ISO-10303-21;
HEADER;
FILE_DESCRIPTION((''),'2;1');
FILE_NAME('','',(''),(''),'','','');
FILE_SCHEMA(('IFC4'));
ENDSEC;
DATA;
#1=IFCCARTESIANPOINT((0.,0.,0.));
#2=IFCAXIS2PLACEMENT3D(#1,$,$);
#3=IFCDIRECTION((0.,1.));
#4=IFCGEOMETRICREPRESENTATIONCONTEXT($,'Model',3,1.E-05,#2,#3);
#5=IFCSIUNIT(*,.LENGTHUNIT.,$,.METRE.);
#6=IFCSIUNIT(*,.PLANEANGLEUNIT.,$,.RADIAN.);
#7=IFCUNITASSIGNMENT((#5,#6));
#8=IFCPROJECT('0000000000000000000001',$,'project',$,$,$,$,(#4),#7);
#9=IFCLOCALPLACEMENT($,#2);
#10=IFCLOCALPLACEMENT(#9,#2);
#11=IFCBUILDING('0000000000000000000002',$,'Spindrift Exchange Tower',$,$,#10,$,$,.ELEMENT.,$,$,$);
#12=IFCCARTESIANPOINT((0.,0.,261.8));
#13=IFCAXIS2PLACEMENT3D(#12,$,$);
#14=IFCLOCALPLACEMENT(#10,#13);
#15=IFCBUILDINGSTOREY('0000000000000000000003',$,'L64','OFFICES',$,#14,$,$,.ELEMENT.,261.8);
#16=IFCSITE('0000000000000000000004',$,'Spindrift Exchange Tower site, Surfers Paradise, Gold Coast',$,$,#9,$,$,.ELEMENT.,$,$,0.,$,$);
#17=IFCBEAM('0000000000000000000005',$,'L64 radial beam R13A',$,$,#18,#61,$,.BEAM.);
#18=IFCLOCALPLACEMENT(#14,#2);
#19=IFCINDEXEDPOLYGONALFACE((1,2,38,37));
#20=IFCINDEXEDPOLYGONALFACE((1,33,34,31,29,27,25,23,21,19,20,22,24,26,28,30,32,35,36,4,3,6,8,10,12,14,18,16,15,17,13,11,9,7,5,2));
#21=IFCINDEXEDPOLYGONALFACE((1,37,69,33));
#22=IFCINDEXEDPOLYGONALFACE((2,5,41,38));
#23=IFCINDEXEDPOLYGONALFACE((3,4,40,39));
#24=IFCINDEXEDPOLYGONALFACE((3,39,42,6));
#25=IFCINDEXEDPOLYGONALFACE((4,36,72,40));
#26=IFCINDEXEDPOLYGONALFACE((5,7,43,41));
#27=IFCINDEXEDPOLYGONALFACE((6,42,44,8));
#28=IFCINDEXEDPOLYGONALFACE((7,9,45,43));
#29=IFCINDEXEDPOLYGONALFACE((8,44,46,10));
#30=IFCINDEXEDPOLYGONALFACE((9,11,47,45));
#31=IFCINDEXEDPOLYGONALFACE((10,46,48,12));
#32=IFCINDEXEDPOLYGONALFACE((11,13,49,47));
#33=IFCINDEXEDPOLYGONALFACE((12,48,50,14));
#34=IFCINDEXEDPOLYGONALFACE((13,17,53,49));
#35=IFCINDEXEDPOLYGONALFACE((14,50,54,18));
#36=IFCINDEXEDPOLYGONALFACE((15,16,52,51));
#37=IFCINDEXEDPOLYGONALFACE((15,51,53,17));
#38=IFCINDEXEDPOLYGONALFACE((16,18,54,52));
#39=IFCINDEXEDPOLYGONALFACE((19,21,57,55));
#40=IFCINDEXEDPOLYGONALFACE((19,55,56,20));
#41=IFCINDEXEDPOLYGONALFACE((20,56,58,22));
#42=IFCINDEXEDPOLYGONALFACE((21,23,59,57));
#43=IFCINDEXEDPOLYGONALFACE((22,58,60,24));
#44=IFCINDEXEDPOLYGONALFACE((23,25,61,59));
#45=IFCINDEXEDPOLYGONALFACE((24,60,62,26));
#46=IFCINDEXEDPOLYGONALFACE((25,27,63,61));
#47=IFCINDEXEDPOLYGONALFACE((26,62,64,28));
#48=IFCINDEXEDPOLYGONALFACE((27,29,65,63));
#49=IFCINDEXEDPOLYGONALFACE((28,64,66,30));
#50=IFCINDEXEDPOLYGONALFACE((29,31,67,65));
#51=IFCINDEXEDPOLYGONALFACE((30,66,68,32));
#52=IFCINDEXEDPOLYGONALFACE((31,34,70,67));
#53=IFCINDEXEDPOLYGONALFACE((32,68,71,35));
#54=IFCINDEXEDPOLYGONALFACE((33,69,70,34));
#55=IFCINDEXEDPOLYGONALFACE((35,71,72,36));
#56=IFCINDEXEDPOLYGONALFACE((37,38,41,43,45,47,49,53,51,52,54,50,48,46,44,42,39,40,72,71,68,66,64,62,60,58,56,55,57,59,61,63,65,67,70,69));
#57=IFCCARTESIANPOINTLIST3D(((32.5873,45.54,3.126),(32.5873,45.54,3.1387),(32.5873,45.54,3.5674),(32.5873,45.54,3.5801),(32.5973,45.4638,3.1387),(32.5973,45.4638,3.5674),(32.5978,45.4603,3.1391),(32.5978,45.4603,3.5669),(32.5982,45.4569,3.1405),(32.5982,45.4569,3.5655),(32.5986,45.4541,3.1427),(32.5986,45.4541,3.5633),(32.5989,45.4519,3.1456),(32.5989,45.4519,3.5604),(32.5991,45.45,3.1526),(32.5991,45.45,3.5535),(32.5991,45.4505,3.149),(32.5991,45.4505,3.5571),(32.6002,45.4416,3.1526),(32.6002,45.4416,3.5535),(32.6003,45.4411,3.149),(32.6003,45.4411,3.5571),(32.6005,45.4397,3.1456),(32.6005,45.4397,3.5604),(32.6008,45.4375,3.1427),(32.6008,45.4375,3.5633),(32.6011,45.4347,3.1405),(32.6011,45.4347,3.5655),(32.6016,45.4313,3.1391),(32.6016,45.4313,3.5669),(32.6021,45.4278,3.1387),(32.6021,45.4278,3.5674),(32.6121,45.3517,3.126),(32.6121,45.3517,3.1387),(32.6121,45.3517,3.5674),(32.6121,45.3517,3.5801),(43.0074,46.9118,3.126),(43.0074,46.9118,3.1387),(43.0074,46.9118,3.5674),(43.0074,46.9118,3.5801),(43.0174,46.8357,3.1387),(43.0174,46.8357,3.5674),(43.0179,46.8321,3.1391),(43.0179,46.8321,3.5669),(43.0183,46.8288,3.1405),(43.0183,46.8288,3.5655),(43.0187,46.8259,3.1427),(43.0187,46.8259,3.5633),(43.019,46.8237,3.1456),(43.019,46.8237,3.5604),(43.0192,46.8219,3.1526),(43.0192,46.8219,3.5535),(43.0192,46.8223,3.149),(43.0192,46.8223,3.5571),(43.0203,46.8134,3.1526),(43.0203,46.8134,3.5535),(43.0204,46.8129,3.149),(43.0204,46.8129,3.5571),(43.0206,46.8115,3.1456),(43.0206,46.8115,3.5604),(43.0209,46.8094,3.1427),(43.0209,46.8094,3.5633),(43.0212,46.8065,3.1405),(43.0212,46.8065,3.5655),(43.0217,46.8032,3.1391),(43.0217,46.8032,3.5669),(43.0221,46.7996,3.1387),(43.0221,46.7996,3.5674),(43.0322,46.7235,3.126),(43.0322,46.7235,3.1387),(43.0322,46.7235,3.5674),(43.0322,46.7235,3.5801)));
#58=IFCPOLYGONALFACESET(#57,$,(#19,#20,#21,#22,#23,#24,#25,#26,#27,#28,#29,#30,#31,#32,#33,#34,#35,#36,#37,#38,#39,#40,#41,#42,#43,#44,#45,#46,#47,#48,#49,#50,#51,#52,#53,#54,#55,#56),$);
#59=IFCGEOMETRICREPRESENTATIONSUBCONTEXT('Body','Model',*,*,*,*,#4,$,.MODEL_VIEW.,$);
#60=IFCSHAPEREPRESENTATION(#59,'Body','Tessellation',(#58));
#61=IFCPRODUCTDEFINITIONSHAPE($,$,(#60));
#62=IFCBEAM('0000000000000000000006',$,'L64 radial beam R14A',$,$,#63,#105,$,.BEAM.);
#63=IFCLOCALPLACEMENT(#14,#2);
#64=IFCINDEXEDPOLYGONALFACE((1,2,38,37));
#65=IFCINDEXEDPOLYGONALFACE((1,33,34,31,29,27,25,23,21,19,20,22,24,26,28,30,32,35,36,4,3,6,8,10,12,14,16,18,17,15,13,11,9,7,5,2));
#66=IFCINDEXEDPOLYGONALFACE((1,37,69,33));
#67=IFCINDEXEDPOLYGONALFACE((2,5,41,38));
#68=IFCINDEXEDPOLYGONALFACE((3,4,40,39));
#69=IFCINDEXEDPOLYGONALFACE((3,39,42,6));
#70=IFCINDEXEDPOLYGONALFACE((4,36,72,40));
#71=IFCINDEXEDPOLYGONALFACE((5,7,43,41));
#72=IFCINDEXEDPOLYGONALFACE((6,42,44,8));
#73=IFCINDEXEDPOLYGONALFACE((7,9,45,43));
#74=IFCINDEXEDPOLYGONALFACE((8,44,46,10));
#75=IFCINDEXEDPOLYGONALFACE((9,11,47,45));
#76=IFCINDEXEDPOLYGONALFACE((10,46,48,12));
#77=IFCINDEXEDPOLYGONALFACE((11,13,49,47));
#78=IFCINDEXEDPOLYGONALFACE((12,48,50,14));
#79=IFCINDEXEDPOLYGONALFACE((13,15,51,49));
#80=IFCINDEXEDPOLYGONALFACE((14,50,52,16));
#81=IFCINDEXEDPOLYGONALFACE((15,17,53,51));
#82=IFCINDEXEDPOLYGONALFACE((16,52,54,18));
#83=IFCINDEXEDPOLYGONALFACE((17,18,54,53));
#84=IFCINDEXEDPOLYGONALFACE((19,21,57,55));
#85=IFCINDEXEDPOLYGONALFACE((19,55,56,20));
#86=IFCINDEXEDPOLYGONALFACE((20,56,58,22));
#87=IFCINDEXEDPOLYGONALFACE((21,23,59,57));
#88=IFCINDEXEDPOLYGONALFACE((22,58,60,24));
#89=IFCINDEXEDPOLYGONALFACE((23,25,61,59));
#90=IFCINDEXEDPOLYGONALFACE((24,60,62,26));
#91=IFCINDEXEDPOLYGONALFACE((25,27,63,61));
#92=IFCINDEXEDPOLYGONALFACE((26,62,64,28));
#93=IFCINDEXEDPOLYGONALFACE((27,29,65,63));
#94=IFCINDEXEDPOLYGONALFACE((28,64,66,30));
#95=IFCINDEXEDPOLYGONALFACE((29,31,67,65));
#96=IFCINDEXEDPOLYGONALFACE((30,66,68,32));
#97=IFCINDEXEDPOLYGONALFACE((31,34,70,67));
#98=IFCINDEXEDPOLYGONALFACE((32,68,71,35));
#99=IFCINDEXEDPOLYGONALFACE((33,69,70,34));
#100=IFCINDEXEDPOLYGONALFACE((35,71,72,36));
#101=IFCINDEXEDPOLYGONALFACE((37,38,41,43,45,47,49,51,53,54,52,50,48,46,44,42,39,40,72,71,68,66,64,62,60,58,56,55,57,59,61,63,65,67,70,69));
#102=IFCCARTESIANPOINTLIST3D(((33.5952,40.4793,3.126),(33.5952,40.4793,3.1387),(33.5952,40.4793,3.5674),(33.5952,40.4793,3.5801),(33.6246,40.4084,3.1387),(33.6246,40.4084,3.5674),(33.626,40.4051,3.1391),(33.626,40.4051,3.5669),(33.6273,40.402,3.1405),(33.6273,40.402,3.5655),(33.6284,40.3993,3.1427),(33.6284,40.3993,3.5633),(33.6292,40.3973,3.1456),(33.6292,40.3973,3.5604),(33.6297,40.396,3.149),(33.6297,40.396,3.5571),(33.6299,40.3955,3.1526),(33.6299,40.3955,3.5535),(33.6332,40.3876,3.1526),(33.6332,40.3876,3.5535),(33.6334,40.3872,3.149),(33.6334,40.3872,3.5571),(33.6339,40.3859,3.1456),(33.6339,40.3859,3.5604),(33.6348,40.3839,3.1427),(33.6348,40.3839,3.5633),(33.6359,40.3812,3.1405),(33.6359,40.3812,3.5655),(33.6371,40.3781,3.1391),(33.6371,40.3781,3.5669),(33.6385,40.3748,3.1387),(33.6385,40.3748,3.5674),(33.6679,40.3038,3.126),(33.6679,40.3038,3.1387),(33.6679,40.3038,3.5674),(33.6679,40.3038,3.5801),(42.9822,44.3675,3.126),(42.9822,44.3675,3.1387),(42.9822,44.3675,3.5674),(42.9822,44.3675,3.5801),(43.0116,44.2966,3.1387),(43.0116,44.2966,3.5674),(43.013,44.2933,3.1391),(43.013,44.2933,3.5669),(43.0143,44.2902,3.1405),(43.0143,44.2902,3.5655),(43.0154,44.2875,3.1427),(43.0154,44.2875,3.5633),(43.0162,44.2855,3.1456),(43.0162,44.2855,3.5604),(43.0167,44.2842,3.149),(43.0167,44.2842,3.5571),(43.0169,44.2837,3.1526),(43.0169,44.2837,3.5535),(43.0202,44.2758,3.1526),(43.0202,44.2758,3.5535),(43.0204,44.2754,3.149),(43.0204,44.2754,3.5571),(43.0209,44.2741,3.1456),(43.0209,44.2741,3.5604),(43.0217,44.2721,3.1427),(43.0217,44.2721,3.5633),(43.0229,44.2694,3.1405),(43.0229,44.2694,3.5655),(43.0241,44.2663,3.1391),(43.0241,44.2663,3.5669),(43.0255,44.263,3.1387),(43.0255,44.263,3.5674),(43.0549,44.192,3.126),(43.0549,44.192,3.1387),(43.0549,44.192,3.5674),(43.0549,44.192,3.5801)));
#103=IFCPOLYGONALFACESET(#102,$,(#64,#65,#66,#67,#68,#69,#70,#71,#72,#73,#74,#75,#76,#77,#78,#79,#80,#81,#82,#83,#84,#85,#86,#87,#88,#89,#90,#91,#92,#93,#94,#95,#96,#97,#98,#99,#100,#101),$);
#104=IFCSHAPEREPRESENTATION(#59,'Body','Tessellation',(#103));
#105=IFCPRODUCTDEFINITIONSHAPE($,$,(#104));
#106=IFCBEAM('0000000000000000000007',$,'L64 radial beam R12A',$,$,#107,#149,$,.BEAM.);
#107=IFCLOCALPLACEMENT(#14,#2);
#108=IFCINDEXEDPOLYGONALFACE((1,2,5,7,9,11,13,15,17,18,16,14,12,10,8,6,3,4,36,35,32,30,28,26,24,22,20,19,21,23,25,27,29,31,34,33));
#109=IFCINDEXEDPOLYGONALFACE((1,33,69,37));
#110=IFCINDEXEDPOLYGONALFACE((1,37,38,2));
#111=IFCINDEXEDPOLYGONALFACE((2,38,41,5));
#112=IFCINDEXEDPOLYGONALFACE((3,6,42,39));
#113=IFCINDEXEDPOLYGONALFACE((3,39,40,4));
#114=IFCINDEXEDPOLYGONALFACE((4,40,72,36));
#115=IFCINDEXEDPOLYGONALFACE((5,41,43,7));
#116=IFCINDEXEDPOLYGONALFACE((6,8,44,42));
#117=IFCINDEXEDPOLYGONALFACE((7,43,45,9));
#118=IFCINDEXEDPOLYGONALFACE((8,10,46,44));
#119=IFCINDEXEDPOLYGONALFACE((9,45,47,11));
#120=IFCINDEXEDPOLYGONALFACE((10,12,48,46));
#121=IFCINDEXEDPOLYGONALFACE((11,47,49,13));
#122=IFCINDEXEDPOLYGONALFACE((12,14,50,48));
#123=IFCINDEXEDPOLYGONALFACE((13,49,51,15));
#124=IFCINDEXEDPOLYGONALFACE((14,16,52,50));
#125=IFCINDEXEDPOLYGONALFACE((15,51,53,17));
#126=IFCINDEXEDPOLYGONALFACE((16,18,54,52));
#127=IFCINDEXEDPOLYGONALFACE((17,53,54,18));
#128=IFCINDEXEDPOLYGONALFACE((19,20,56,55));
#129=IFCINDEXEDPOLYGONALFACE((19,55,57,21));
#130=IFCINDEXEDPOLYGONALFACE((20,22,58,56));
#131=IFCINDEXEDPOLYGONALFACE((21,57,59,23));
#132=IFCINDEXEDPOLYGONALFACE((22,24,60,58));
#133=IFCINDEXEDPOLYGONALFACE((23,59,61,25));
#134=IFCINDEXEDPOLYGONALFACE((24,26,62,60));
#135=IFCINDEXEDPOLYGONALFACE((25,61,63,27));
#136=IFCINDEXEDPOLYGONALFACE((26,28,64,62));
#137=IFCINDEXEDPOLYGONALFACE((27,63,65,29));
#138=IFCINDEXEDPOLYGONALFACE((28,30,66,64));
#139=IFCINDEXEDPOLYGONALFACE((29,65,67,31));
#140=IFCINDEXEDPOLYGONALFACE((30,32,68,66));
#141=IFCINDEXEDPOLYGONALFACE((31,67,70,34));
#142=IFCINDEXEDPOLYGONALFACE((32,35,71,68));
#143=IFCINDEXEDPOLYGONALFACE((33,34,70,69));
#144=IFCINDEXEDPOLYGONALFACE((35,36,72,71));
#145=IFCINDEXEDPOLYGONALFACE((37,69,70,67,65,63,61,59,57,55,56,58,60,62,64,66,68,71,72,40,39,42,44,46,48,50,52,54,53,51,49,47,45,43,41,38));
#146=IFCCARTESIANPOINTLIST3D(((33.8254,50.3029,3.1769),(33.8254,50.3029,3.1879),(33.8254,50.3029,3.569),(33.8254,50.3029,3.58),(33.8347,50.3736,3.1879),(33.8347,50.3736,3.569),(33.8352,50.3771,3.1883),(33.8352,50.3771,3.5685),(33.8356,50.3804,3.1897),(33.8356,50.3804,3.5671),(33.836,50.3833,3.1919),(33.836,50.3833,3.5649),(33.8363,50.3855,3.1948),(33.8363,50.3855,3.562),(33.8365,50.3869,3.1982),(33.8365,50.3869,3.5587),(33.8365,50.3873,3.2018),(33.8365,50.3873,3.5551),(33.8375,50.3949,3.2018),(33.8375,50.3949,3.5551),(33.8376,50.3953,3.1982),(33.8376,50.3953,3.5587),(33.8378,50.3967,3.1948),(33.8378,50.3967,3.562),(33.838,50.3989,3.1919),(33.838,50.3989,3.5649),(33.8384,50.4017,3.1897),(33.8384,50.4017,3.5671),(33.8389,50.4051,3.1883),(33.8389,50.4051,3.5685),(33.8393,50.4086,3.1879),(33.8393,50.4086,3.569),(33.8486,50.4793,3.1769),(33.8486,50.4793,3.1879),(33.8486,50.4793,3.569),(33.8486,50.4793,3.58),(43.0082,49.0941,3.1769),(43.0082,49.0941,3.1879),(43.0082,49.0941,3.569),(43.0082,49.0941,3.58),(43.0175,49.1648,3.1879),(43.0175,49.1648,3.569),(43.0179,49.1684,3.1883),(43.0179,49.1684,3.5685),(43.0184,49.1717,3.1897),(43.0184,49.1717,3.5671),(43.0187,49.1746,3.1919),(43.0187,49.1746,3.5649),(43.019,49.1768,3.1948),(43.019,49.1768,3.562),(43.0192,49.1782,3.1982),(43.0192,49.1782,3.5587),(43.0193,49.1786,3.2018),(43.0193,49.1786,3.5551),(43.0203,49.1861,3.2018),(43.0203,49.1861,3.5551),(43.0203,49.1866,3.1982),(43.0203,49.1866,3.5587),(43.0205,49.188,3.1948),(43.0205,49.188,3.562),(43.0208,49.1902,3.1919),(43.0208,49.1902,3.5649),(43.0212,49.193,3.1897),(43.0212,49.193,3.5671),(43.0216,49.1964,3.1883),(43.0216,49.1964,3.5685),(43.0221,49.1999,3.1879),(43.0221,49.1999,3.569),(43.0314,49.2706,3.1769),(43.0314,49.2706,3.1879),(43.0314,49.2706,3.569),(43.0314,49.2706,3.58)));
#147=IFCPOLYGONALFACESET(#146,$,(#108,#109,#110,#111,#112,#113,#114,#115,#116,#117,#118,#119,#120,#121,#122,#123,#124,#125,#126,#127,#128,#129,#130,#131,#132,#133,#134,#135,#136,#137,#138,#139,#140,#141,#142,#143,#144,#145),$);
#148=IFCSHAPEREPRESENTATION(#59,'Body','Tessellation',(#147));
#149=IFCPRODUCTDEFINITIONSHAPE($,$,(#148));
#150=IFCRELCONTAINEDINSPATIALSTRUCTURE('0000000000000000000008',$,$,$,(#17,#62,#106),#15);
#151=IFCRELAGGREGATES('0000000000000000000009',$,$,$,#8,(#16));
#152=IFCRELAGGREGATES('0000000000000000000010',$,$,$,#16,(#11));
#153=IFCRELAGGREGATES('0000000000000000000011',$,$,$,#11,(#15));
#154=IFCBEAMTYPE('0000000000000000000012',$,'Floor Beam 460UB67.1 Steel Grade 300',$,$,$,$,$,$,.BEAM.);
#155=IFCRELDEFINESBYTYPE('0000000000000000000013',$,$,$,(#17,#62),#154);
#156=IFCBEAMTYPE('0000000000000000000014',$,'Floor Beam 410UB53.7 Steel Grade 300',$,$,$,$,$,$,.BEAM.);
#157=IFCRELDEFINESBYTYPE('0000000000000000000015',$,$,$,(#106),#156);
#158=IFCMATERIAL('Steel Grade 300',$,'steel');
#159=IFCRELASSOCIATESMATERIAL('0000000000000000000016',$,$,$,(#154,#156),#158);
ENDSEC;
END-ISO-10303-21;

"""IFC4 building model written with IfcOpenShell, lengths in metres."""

from ifc_helpers import new_model, si_unit, direction, frame, origin, origin_2d, place, context, subcontext, project, spatial, i_section, extrude, source, transform, mapped, material, material_profile, profile_set, type_object, element, save


model = new_model("IFC4")

# Units and contexts
model_context = context("Model", 3, precision=1e-05, world=origin(), true_north=direction((0.0, 1.0)))
body_context = subcontext(model_context, "Body", "Model", "MODEL_VIEW")
ifc_project = project(units=[si_unit("LENGTHUNIT", "METRE"), si_unit("PLANEANGLEUNIT", "RADIAN")], contexts=[model_context])

# Site, building, storey
site_placement = place(None, origin())
site = spatial("IfcSite", under=ifc_project, at=site_placement, Name="Spindrift Exchange Tower site, Surfers Paradise, Gold Coast", CompositionType="ELEMENT", RefElevation=0.0)
building_placement = place(site_placement, origin())
building = spatial("IfcBuilding", under=site, at=building_placement, Name="Spindrift Exchange Tower", CompositionType="ELEMENT")
storey_placement = place(building_placement, frame((0.0, 0.0, 261.8)))
storey = spatial("IfcBuildingStorey", under=building, at=storey_placement, Name="L64", Description="OFFICES", CompositionType="ELEMENT", Elevation=261.8)

# Beams
ifc_material_1 = material(Name="Steel Grade 300", Category="steel")
ifc_material_profile_1 = material_profile(ifc_material_1, i_section(OverallWidth=0.1899, OverallDepth=0.4541, WebThickness=0.0085, FlangeThickness=0.0127, FilletRadius=0.0139, at=origin_2d()), Name="460UB67.1")
ifc_profile_set_1 = profile_set([ifc_material_profile_1], Name="Steel Grade 300")
beam_type_1 = type_object("IfcBeamType", Name="Floor Beam 460UB67.1 Steel Grade 300", PredefinedType="BEAM", material=ifc_profile_set_1)
shared_shape_1 = source(origin(), body_context, "Body", "SweptSolid", [
    extrude(i_section(OverallWidth=0.1899, OverallDepth=0.4541, WebThickness=0.0085, FlangeThickness=0.0127, FilletRadius=0.0139, at=origin_2d()), origin(), (0.0, 0.0, 1.0), 10.51),
])
beam_1_placement = place(storey_placement, frame((43.0198, 46.8176, 3.353), z_axis=(-0.991445, -0.130525, 0.0), x_axis=(0.130525, -0.991445, 0.0)))
element("IfcBeam", 1, at=beam_1_placement, inside=storey, type_object=beam_type_1, Name="L64 radial beam R13A", PredefinedType="BEAM", context=body_context, shape_type="MappedRepresentation", body=[
    mapped(shared_shape_1, transform((0.0, 0.0, 0.0), scale=1.0)),
])
shared_shape_2 = source(origin(), body_context, "Body", "SweptSolid", [
    extrude(i_section(OverallWidth=0.1899, OverallDepth=0.4541, WebThickness=0.0085, FlangeThickness=0.0127, FilletRadius=0.0139, at=origin_2d()), origin(), (0.0, 0.0, 1.0), 10.1604),
])
beam_2_placement = place(storey_placement, frame((43.0186, 44.2798, 3.353), z_axis=(-0.92388, -0.382681, 0.0), x_axis=(0.382681, -0.92388, 0.0)))
element("IfcBeam", 2, at=beam_2_placement, inside=storey, type_object=beam_type_1, Name="L64 radial beam R14A", PredefinedType="BEAM", context=body_context, shape_type="MappedRepresentation", body=[
    mapped(shared_shape_2, transform((0.0, 0.0, 0.0), scale=1.0)),
])
ifc_material_profile_2 = material_profile(ifc_material_1, i_section(OverallWidth=0.178, OverallDepth=0.4031, WebThickness=0.0076, FlangeThickness=0.011, FilletRadius=0.0139, at=origin_2d()), Name="410UB53.7")
ifc_profile_set_2 = profile_set([ifc_material_profile_2], Name="Steel Grade 300")
beam_type_2 = type_object("IfcBeamType", Name="Floor Beam 410UB53.7 Steel Grade 300", PredefinedType="BEAM", material=ifc_profile_set_2)
shared_shape_3 = source(origin(), body_context, "Body", "SweptSolid", [
    extrude(i_section(OverallWidth=0.178, OverallDepth=0.4031, WebThickness=0.0076, FlangeThickness=0.011, FilletRadius=0.0139, at=origin_2d()), origin(), (0.0, 0.0, 1.0), 9.262),
])
beam_3_placement = place(storey_placement, frame((43.0198, 49.1824, 3.3784), z_axis=(-0.991448, 0.130504, 0.0), x_axis=(-0.130504, -0.991448, 0.0)))
element("IfcBeam", 3, at=beam_3_placement, inside=storey, type_object=beam_type_2, Name="L64 radial beam R12A", PredefinedType="BEAM", context=body_context, shape_type="MappedRepresentation", body=[
    mapped(shared_shape_3, transform((0.0, 0.0, 0.0), scale=1.0)),
])

save(model, "model.ifc")
